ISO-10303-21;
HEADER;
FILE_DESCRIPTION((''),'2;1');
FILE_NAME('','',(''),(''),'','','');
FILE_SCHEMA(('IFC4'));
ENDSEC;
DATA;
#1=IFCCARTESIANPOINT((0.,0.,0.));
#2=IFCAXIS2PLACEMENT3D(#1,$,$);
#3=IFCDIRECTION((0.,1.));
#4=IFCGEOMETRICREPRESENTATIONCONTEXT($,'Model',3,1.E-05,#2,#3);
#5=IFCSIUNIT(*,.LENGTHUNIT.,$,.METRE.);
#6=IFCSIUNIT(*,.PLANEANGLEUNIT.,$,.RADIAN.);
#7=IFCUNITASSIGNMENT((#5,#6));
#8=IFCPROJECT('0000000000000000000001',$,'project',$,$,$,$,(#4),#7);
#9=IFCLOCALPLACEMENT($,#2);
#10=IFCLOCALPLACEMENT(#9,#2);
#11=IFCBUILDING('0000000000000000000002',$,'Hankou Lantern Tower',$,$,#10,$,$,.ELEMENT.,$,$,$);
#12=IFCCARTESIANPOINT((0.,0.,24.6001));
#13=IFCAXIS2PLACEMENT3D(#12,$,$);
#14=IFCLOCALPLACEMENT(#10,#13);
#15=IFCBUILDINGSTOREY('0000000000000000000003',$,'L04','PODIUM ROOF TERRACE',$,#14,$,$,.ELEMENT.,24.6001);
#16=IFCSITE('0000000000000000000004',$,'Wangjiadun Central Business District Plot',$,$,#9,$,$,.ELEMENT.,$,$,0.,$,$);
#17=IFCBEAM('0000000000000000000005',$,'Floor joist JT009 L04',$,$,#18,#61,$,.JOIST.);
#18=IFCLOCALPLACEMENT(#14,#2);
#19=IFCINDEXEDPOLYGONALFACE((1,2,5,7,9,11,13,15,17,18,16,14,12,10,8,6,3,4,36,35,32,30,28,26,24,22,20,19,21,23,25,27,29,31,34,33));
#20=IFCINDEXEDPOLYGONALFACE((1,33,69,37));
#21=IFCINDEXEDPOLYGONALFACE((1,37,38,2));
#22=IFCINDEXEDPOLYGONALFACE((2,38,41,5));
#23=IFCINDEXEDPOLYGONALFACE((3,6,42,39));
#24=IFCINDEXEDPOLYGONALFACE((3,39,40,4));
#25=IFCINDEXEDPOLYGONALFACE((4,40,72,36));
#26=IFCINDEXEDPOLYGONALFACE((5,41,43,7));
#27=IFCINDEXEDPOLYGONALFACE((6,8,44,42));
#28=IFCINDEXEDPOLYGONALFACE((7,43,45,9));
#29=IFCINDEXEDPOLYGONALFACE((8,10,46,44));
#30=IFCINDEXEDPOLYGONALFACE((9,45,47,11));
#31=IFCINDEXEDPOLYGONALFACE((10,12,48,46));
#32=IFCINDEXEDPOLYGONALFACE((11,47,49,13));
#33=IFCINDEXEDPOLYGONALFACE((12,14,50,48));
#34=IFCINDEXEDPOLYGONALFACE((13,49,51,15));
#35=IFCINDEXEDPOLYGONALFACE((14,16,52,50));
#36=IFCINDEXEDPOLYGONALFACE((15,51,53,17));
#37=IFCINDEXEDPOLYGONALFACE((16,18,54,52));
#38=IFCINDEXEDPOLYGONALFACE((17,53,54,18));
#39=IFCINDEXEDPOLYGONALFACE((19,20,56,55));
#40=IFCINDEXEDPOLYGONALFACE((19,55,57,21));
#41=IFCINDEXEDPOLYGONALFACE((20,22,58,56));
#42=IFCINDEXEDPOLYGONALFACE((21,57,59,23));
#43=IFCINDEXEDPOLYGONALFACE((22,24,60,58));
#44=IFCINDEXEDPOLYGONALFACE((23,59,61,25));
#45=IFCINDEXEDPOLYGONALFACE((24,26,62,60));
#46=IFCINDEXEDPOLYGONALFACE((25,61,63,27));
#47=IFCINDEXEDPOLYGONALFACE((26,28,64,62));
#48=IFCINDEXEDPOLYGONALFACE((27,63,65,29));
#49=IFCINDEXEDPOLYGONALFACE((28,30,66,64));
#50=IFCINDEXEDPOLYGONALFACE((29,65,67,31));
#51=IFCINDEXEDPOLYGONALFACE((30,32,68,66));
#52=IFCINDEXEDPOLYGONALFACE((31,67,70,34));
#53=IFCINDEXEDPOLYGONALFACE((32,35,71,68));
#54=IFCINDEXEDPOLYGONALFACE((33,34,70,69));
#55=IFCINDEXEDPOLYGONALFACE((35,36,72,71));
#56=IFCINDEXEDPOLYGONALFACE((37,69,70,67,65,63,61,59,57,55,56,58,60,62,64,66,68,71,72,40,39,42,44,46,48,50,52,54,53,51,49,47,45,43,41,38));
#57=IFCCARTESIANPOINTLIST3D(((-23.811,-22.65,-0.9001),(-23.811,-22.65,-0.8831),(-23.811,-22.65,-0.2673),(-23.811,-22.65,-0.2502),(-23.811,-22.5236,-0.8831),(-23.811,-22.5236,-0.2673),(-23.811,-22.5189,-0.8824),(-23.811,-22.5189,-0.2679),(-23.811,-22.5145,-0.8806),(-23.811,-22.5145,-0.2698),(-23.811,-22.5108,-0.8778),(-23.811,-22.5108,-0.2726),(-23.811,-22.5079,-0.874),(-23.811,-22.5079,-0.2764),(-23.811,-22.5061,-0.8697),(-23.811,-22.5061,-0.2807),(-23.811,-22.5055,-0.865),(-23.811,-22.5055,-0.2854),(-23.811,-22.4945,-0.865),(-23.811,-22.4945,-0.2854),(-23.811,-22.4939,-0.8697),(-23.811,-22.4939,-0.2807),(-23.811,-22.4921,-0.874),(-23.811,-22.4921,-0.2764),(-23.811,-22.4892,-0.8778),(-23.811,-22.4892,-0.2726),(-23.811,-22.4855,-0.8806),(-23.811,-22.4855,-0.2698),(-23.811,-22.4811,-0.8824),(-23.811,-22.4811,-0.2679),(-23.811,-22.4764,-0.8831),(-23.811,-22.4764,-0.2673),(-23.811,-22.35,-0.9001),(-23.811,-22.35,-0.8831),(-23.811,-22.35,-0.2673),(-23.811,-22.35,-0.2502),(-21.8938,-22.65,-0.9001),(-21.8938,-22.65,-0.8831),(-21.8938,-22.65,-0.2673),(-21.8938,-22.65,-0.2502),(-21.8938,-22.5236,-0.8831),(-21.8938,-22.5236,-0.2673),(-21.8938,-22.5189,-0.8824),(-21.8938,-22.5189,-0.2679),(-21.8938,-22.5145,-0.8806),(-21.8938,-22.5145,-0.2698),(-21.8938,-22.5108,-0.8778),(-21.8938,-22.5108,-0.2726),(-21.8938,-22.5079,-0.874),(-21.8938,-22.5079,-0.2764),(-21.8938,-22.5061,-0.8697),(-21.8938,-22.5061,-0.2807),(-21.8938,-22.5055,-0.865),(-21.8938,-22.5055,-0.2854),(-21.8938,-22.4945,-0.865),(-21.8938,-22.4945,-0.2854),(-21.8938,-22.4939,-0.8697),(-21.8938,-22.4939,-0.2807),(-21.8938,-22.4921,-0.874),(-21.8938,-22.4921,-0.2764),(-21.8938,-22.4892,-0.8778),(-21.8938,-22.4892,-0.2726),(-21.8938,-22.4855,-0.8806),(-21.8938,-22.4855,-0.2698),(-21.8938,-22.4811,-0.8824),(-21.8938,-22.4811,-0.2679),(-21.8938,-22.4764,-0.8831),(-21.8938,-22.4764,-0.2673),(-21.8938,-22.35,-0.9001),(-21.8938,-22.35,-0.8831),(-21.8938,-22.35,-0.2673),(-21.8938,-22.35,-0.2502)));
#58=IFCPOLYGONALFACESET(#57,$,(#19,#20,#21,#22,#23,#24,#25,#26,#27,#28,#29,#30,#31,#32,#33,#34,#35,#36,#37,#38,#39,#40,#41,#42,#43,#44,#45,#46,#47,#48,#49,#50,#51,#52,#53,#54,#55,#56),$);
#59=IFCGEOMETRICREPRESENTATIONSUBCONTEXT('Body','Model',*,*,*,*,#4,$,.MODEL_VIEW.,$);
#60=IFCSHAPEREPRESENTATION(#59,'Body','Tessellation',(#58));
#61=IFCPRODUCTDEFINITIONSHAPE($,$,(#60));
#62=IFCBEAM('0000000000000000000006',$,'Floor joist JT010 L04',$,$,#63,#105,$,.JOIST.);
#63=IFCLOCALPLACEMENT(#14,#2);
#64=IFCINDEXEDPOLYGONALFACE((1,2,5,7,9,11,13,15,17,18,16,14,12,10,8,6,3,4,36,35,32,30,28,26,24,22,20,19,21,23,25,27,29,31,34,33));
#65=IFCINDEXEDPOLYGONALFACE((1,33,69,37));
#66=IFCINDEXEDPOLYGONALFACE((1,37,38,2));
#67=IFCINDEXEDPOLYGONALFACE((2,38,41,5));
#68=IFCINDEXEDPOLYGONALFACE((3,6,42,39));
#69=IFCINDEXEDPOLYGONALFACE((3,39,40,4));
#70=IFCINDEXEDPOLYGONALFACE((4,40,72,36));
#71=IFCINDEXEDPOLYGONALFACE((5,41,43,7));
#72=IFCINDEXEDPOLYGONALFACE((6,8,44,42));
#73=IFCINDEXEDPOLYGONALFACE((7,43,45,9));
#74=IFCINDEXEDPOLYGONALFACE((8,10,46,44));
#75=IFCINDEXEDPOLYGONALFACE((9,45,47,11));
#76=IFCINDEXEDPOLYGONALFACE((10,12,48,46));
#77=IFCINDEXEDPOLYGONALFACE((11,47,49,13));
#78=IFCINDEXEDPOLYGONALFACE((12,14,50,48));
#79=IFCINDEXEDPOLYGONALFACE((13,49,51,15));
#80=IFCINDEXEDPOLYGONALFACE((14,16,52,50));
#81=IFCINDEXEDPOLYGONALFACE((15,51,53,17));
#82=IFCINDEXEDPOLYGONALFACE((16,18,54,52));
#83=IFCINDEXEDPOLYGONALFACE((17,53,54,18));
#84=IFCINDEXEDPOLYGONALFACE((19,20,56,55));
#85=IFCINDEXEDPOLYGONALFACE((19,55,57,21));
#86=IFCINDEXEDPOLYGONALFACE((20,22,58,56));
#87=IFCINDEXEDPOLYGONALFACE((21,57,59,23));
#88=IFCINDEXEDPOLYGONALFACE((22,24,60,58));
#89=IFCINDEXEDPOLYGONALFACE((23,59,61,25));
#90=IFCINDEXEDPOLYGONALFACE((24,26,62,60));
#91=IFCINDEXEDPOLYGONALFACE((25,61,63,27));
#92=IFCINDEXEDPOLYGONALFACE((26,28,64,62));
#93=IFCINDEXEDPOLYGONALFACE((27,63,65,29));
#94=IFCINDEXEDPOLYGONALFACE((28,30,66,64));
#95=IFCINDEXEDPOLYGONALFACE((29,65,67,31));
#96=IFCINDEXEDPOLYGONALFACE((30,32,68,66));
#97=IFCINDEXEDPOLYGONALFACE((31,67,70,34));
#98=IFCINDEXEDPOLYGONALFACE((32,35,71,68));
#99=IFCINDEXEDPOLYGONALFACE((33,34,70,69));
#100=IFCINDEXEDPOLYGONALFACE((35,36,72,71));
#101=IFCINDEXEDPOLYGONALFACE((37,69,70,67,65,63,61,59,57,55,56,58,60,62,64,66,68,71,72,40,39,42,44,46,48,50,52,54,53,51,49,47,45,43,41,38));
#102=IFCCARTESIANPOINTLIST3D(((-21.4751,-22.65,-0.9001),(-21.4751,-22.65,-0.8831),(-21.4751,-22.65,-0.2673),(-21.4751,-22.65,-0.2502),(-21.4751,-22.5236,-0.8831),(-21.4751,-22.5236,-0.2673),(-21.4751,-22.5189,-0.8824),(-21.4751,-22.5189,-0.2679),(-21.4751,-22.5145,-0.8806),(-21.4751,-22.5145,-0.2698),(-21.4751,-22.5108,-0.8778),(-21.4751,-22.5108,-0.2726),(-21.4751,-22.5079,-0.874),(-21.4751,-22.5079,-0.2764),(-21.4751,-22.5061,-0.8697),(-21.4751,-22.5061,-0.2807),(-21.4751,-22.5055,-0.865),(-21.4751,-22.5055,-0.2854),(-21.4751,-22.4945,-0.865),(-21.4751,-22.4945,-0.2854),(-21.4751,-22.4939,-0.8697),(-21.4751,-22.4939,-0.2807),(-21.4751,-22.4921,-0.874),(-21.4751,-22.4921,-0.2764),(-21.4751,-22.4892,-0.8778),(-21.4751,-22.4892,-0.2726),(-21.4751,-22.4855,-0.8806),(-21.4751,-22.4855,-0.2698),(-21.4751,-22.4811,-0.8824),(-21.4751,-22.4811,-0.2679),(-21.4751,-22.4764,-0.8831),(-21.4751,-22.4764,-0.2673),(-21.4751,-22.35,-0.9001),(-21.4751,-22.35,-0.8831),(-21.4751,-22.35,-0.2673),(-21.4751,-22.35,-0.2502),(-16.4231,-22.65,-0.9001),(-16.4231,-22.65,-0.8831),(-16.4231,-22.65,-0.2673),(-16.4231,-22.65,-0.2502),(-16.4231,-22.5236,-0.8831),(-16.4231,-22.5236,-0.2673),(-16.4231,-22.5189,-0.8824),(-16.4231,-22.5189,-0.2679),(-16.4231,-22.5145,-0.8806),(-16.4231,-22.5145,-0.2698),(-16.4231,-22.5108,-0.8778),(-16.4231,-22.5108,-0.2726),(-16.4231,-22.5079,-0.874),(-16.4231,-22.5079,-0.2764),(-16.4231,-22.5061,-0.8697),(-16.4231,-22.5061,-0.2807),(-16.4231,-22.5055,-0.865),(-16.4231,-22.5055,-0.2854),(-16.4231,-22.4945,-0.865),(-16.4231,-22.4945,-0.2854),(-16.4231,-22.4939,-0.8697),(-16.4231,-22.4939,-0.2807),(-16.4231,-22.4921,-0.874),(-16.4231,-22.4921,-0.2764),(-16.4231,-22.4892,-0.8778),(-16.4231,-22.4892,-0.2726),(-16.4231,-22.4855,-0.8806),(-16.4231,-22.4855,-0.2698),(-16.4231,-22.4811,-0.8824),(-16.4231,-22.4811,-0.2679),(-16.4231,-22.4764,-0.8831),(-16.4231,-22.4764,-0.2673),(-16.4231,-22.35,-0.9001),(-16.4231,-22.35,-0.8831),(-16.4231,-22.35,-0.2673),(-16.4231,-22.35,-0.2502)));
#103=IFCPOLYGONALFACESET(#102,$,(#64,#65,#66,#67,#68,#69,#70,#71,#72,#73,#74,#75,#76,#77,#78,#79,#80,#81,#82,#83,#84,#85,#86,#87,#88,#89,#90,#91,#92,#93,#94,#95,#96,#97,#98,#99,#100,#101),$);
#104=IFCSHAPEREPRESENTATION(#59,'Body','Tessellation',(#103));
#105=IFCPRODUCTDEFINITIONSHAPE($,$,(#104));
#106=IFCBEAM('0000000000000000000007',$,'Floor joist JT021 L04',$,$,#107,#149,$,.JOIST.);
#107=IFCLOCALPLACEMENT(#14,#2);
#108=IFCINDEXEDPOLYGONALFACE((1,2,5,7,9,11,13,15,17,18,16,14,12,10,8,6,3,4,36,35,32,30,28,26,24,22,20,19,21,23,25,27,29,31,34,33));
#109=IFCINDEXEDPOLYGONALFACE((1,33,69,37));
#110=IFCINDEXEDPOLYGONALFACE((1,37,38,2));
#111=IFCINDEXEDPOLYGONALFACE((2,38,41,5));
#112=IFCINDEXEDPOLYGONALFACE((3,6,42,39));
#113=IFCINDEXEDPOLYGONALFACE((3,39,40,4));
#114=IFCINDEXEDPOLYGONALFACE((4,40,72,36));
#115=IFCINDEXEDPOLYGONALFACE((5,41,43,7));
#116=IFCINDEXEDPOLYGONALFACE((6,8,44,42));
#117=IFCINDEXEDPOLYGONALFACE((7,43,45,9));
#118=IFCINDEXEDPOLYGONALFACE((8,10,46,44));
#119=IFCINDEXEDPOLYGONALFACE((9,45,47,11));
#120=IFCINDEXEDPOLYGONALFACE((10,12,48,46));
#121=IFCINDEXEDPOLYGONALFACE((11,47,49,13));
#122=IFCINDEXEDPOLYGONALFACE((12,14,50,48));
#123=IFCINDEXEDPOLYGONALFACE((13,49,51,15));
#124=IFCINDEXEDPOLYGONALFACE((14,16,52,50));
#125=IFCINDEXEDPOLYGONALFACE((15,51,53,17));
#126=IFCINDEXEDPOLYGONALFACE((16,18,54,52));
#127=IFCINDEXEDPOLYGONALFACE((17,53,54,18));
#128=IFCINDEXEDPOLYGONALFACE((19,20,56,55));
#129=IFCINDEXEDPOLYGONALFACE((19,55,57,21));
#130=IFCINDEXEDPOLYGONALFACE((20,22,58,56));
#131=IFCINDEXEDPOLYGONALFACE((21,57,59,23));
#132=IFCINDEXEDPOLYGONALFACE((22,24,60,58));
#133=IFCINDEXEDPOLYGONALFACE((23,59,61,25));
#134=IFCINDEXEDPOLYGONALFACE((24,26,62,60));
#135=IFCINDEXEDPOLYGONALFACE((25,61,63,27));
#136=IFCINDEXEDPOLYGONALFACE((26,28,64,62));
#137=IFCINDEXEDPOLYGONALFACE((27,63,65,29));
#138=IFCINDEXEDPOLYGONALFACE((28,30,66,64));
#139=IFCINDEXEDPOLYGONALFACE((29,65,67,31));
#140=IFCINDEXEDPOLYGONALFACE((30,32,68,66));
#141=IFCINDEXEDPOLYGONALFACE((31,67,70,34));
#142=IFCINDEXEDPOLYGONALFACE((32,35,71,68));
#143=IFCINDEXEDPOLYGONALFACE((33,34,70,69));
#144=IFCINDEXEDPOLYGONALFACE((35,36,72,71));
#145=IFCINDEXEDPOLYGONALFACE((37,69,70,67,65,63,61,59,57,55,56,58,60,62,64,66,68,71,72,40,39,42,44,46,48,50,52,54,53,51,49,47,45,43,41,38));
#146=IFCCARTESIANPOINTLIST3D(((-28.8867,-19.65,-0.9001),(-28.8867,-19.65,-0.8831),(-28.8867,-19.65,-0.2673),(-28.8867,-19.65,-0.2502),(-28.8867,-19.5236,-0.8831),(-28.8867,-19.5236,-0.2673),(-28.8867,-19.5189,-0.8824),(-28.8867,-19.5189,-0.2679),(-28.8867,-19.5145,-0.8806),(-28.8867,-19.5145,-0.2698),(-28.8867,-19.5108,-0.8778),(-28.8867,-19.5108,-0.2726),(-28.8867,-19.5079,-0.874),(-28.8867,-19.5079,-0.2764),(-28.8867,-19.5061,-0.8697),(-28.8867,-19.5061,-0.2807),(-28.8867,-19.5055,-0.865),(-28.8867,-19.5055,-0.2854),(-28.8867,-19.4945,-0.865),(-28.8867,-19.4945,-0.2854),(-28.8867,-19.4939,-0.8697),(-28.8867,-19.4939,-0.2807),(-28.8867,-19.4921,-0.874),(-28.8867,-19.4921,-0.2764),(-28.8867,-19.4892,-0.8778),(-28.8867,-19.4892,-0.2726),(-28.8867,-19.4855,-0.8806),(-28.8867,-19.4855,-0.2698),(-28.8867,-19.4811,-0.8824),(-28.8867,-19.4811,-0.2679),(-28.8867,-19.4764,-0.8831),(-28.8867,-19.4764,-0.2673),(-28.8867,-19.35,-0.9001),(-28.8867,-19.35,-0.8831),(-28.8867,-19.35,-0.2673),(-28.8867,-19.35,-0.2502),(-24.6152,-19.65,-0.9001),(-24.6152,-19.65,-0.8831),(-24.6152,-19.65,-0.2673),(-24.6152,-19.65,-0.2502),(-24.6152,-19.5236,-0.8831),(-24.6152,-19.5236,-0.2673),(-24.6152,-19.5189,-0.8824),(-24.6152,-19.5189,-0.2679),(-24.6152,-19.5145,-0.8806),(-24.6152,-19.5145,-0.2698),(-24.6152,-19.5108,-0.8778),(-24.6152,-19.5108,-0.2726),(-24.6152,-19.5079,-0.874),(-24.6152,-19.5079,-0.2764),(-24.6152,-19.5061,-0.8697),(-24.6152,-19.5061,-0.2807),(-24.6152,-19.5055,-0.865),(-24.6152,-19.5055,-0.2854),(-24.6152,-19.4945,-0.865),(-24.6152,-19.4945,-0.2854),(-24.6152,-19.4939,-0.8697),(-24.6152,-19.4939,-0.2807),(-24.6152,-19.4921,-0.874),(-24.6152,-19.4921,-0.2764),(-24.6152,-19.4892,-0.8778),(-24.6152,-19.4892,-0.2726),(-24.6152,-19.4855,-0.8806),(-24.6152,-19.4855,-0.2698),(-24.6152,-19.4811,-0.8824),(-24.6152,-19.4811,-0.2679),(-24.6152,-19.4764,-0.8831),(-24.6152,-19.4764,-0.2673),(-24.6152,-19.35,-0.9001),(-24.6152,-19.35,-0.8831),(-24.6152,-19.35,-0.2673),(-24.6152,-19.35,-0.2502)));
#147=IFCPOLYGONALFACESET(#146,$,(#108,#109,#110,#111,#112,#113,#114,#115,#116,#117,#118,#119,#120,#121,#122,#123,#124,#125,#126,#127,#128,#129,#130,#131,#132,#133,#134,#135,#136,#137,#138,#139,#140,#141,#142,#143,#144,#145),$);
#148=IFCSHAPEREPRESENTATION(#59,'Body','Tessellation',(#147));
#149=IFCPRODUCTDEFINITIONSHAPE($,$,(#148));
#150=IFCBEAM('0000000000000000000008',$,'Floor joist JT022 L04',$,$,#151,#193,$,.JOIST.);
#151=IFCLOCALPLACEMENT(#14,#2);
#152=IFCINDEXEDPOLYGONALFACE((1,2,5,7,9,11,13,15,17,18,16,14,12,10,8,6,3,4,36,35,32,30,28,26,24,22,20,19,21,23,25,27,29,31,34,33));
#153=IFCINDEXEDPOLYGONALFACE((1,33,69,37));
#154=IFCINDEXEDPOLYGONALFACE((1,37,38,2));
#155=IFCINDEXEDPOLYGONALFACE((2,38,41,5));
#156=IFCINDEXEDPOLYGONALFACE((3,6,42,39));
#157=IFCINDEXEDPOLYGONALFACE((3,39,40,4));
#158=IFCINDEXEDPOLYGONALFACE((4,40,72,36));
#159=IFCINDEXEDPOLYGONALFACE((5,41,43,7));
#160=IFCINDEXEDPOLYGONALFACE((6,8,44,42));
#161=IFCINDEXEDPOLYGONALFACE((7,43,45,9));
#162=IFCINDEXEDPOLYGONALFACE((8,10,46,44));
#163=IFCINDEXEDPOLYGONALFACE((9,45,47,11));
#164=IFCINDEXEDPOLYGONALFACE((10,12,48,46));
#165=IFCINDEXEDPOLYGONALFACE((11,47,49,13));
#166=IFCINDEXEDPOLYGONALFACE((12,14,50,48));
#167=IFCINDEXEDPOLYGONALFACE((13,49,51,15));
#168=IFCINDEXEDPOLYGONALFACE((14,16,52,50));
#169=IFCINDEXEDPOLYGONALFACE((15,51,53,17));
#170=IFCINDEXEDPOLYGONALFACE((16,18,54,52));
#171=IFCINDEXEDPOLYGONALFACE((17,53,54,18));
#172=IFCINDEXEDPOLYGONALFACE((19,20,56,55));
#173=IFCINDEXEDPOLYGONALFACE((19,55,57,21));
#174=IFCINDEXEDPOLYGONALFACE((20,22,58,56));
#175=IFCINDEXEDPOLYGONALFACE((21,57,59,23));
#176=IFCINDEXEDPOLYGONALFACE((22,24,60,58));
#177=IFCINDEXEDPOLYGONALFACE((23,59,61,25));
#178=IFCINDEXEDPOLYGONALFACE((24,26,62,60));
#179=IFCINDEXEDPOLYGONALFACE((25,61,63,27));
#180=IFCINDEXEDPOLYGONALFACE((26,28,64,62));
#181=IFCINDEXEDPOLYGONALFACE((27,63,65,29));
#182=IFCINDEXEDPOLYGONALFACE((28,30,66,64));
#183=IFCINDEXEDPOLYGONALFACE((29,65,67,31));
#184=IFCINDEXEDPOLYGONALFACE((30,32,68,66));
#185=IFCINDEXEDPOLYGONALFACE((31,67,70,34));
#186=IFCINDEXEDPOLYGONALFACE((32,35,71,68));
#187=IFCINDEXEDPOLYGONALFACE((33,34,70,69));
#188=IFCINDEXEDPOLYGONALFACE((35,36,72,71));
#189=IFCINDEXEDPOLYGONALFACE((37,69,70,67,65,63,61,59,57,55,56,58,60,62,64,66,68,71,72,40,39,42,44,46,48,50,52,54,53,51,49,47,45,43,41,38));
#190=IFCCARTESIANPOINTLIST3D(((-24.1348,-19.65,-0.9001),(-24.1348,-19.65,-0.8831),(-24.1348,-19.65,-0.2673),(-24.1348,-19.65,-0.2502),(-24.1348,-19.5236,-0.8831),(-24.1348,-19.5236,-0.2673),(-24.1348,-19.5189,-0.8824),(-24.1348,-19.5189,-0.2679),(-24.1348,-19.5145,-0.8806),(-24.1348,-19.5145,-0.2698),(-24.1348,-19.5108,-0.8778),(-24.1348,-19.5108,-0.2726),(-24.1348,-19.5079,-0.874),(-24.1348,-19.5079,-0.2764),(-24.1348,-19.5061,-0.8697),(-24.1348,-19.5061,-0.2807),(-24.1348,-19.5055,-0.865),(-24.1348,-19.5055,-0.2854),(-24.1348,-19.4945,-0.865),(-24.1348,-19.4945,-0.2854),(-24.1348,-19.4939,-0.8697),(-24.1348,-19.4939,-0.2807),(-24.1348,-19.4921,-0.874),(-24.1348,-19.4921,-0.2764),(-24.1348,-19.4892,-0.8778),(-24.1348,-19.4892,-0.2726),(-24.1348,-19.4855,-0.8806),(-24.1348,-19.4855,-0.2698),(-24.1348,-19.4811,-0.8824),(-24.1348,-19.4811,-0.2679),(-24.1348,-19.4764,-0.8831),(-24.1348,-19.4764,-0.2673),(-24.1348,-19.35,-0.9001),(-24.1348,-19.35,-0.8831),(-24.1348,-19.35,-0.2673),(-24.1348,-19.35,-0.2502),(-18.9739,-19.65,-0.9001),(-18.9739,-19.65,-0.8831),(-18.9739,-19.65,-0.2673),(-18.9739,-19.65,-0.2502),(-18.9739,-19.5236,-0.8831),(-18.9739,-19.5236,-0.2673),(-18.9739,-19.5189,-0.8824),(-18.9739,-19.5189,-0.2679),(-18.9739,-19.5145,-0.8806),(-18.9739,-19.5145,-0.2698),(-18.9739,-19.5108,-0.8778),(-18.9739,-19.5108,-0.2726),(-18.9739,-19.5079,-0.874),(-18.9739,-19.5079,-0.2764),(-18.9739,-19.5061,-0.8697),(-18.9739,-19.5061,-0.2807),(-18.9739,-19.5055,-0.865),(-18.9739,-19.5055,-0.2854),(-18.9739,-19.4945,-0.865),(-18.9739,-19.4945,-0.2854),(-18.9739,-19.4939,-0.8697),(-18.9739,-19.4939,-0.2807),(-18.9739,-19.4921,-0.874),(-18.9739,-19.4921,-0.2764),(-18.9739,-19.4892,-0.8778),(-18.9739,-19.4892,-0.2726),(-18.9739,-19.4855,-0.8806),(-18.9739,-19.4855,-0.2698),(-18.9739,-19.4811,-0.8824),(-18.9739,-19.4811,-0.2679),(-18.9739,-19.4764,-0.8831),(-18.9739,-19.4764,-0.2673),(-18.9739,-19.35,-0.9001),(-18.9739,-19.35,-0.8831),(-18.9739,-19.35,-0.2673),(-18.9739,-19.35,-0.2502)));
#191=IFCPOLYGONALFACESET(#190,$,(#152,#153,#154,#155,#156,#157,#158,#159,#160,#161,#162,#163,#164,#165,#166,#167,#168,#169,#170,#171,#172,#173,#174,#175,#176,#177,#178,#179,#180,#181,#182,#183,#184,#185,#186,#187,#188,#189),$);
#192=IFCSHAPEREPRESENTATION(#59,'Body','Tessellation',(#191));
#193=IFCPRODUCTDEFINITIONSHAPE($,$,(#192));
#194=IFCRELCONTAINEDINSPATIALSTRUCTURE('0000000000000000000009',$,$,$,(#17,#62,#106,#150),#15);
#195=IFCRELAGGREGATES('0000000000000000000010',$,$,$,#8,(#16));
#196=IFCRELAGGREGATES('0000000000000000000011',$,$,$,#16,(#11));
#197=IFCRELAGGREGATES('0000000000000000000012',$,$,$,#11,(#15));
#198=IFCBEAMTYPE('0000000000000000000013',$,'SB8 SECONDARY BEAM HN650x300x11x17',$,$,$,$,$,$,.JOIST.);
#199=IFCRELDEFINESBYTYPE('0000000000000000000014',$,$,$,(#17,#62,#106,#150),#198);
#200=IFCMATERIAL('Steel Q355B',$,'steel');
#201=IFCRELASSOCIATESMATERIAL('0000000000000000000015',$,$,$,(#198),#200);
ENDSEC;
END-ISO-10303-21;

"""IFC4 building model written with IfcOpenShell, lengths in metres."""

from ifc_helpers import new_model, si_unit, direction, frame, origin, origin_2d, place, context, subcontext, project, spatial, i_section, extrude, material, material_profile, profile_set, type_object, element, save


model = new_model("IFC4")

# Units and contexts
model_context = context("Model", 3, precision=1e-05, world=origin(), true_north=direction((0.0, 1.0)))
body_context = subcontext(model_context, "Body", "Model", "MODEL_VIEW")
ifc_project = project(units=[si_unit("LENGTHUNIT", "METRE"), si_unit("PLANEANGLEUNIT", "RADIAN")], contexts=[model_context])

# Site, building, storey
site_placement = place(None, origin())
site = spatial("IfcSite", under=ifc_project, at=site_placement, Name="Wangjiadun Central Business District Plot", CompositionType="ELEMENT", RefElevation=0.0)
building_placement = place(site_placement, origin())
building = spatial("IfcBuilding", under=site, at=building_placement, Name="Hankou Lantern Tower", CompositionType="ELEMENT")
storey_placement = place(building_placement, frame((0.0, 0.0, 24.6001)))
storey = spatial("IfcBuildingStorey", under=building, at=storey_placement, Name="L04", Description="PODIUM ROOF TERRACE", CompositionType="ELEMENT", Elevation=24.6001)

# Beams
ifc_material_1 = material(Name="Steel Q355B", Category="steel")
ifc_material_profile_1 = material_profile(ifc_material_1, i_section(OverallWidth=0.3, OverallDepth=0.6499, WebThickness=0.011, FlangeThickness=0.0171, FilletRadius=0.0181, at=origin_2d()), Name="HN650x300x11x17")
ifc_profile_set_1 = profile_set([ifc_material_profile_1], Name="Steel Q355B")
beam_type_1 = type_object("IfcBeamType", Name="SB8 SECONDARY BEAM HN650x300x11x17", PredefinedType="JOIST", material=ifc_profile_set_1)
beam_1_placement = place(storey_placement, frame((-23.811, -22.5, -0.5752), z_axis=(1.0, 0.0, 0.0), x_axis=(0.0, 1.0, 0.0)))
element("IfcBeam", 1, at=beam_1_placement, inside=storey, type_object=beam_type_1, Name="Floor joist JT009 L04", PredefinedType="JOIST", context=body_context, shape_type="SweptSolid", body=[
    extrude(i_section(OverallWidth=0.3, OverallDepth=0.6499, WebThickness=0.011, FlangeThickness=0.0171, FilletRadius=0.0181, at=origin_2d()), origin(), (0.0, 0.0, 1.0), 1.9172),
])
beam_2_placement = place(storey_placement, frame((-21.4751, -22.5, -0.5752), z_axis=(1.0, 0.0, 0.0), x_axis=(0.0, 1.0, 0.0)))
element("IfcBeam", 2, at=beam_2_placement, inside=storey, type_object=beam_type_1, Name="Floor joist JT010 L04", PredefinedType="JOIST", context=body_context, shape_type="SweptSolid", body=[
    extrude(i_section(OverallWidth=0.3, OverallDepth=0.6499, WebThickness=0.011, FlangeThickness=0.0171, FilletRadius=0.0181, at=origin_2d()), origin(), (0.0, 0.0, 1.0), 5.052),
])
beam_3_placement = place(storey_placement, frame((-28.8867, -19.5, -0.5752), z_axis=(1.0, 0.0, 0.0), x_axis=(0.0, 1.0, 0.0)))
element("IfcBeam", 3, at=beam_3_placement, inside=storey, type_object=beam_type_1, Name="Floor joist JT021 L04", PredefinedType="JOIST", context=body_context, shape_type="SweptSolid", body=[
    extrude(i_section(OverallWidth=0.3, OverallDepth=0.6499, WebThickness=0.011, FlangeThickness=0.0171, FilletRadius=0.0181, at=origin_2d()), origin(), (0.0, 0.0, 1.0), 4.2715),
])
beam_4_placement = place(storey_placement, frame((-24.1348, -19.5, -0.5752), z_axis=(1.0, 0.0, 0.0), x_axis=(0.0, 1.0, 0.0)))
element("IfcBeam", 4, at=beam_4_placement, inside=storey, type_object=beam_type_1, Name="Floor joist JT022 L04", PredefinedType="JOIST", context=body_context, shape_type="SweptSolid", body=[
    extrude(i_section(OverallWidth=0.3, OverallDepth=0.6499, WebThickness=0.011, FlangeThickness=0.0171, FilletRadius=0.0181, at=origin_2d()), origin(), (0.0, 0.0, 1.0), 5.1609),
])

save(model, "model.ifc")
